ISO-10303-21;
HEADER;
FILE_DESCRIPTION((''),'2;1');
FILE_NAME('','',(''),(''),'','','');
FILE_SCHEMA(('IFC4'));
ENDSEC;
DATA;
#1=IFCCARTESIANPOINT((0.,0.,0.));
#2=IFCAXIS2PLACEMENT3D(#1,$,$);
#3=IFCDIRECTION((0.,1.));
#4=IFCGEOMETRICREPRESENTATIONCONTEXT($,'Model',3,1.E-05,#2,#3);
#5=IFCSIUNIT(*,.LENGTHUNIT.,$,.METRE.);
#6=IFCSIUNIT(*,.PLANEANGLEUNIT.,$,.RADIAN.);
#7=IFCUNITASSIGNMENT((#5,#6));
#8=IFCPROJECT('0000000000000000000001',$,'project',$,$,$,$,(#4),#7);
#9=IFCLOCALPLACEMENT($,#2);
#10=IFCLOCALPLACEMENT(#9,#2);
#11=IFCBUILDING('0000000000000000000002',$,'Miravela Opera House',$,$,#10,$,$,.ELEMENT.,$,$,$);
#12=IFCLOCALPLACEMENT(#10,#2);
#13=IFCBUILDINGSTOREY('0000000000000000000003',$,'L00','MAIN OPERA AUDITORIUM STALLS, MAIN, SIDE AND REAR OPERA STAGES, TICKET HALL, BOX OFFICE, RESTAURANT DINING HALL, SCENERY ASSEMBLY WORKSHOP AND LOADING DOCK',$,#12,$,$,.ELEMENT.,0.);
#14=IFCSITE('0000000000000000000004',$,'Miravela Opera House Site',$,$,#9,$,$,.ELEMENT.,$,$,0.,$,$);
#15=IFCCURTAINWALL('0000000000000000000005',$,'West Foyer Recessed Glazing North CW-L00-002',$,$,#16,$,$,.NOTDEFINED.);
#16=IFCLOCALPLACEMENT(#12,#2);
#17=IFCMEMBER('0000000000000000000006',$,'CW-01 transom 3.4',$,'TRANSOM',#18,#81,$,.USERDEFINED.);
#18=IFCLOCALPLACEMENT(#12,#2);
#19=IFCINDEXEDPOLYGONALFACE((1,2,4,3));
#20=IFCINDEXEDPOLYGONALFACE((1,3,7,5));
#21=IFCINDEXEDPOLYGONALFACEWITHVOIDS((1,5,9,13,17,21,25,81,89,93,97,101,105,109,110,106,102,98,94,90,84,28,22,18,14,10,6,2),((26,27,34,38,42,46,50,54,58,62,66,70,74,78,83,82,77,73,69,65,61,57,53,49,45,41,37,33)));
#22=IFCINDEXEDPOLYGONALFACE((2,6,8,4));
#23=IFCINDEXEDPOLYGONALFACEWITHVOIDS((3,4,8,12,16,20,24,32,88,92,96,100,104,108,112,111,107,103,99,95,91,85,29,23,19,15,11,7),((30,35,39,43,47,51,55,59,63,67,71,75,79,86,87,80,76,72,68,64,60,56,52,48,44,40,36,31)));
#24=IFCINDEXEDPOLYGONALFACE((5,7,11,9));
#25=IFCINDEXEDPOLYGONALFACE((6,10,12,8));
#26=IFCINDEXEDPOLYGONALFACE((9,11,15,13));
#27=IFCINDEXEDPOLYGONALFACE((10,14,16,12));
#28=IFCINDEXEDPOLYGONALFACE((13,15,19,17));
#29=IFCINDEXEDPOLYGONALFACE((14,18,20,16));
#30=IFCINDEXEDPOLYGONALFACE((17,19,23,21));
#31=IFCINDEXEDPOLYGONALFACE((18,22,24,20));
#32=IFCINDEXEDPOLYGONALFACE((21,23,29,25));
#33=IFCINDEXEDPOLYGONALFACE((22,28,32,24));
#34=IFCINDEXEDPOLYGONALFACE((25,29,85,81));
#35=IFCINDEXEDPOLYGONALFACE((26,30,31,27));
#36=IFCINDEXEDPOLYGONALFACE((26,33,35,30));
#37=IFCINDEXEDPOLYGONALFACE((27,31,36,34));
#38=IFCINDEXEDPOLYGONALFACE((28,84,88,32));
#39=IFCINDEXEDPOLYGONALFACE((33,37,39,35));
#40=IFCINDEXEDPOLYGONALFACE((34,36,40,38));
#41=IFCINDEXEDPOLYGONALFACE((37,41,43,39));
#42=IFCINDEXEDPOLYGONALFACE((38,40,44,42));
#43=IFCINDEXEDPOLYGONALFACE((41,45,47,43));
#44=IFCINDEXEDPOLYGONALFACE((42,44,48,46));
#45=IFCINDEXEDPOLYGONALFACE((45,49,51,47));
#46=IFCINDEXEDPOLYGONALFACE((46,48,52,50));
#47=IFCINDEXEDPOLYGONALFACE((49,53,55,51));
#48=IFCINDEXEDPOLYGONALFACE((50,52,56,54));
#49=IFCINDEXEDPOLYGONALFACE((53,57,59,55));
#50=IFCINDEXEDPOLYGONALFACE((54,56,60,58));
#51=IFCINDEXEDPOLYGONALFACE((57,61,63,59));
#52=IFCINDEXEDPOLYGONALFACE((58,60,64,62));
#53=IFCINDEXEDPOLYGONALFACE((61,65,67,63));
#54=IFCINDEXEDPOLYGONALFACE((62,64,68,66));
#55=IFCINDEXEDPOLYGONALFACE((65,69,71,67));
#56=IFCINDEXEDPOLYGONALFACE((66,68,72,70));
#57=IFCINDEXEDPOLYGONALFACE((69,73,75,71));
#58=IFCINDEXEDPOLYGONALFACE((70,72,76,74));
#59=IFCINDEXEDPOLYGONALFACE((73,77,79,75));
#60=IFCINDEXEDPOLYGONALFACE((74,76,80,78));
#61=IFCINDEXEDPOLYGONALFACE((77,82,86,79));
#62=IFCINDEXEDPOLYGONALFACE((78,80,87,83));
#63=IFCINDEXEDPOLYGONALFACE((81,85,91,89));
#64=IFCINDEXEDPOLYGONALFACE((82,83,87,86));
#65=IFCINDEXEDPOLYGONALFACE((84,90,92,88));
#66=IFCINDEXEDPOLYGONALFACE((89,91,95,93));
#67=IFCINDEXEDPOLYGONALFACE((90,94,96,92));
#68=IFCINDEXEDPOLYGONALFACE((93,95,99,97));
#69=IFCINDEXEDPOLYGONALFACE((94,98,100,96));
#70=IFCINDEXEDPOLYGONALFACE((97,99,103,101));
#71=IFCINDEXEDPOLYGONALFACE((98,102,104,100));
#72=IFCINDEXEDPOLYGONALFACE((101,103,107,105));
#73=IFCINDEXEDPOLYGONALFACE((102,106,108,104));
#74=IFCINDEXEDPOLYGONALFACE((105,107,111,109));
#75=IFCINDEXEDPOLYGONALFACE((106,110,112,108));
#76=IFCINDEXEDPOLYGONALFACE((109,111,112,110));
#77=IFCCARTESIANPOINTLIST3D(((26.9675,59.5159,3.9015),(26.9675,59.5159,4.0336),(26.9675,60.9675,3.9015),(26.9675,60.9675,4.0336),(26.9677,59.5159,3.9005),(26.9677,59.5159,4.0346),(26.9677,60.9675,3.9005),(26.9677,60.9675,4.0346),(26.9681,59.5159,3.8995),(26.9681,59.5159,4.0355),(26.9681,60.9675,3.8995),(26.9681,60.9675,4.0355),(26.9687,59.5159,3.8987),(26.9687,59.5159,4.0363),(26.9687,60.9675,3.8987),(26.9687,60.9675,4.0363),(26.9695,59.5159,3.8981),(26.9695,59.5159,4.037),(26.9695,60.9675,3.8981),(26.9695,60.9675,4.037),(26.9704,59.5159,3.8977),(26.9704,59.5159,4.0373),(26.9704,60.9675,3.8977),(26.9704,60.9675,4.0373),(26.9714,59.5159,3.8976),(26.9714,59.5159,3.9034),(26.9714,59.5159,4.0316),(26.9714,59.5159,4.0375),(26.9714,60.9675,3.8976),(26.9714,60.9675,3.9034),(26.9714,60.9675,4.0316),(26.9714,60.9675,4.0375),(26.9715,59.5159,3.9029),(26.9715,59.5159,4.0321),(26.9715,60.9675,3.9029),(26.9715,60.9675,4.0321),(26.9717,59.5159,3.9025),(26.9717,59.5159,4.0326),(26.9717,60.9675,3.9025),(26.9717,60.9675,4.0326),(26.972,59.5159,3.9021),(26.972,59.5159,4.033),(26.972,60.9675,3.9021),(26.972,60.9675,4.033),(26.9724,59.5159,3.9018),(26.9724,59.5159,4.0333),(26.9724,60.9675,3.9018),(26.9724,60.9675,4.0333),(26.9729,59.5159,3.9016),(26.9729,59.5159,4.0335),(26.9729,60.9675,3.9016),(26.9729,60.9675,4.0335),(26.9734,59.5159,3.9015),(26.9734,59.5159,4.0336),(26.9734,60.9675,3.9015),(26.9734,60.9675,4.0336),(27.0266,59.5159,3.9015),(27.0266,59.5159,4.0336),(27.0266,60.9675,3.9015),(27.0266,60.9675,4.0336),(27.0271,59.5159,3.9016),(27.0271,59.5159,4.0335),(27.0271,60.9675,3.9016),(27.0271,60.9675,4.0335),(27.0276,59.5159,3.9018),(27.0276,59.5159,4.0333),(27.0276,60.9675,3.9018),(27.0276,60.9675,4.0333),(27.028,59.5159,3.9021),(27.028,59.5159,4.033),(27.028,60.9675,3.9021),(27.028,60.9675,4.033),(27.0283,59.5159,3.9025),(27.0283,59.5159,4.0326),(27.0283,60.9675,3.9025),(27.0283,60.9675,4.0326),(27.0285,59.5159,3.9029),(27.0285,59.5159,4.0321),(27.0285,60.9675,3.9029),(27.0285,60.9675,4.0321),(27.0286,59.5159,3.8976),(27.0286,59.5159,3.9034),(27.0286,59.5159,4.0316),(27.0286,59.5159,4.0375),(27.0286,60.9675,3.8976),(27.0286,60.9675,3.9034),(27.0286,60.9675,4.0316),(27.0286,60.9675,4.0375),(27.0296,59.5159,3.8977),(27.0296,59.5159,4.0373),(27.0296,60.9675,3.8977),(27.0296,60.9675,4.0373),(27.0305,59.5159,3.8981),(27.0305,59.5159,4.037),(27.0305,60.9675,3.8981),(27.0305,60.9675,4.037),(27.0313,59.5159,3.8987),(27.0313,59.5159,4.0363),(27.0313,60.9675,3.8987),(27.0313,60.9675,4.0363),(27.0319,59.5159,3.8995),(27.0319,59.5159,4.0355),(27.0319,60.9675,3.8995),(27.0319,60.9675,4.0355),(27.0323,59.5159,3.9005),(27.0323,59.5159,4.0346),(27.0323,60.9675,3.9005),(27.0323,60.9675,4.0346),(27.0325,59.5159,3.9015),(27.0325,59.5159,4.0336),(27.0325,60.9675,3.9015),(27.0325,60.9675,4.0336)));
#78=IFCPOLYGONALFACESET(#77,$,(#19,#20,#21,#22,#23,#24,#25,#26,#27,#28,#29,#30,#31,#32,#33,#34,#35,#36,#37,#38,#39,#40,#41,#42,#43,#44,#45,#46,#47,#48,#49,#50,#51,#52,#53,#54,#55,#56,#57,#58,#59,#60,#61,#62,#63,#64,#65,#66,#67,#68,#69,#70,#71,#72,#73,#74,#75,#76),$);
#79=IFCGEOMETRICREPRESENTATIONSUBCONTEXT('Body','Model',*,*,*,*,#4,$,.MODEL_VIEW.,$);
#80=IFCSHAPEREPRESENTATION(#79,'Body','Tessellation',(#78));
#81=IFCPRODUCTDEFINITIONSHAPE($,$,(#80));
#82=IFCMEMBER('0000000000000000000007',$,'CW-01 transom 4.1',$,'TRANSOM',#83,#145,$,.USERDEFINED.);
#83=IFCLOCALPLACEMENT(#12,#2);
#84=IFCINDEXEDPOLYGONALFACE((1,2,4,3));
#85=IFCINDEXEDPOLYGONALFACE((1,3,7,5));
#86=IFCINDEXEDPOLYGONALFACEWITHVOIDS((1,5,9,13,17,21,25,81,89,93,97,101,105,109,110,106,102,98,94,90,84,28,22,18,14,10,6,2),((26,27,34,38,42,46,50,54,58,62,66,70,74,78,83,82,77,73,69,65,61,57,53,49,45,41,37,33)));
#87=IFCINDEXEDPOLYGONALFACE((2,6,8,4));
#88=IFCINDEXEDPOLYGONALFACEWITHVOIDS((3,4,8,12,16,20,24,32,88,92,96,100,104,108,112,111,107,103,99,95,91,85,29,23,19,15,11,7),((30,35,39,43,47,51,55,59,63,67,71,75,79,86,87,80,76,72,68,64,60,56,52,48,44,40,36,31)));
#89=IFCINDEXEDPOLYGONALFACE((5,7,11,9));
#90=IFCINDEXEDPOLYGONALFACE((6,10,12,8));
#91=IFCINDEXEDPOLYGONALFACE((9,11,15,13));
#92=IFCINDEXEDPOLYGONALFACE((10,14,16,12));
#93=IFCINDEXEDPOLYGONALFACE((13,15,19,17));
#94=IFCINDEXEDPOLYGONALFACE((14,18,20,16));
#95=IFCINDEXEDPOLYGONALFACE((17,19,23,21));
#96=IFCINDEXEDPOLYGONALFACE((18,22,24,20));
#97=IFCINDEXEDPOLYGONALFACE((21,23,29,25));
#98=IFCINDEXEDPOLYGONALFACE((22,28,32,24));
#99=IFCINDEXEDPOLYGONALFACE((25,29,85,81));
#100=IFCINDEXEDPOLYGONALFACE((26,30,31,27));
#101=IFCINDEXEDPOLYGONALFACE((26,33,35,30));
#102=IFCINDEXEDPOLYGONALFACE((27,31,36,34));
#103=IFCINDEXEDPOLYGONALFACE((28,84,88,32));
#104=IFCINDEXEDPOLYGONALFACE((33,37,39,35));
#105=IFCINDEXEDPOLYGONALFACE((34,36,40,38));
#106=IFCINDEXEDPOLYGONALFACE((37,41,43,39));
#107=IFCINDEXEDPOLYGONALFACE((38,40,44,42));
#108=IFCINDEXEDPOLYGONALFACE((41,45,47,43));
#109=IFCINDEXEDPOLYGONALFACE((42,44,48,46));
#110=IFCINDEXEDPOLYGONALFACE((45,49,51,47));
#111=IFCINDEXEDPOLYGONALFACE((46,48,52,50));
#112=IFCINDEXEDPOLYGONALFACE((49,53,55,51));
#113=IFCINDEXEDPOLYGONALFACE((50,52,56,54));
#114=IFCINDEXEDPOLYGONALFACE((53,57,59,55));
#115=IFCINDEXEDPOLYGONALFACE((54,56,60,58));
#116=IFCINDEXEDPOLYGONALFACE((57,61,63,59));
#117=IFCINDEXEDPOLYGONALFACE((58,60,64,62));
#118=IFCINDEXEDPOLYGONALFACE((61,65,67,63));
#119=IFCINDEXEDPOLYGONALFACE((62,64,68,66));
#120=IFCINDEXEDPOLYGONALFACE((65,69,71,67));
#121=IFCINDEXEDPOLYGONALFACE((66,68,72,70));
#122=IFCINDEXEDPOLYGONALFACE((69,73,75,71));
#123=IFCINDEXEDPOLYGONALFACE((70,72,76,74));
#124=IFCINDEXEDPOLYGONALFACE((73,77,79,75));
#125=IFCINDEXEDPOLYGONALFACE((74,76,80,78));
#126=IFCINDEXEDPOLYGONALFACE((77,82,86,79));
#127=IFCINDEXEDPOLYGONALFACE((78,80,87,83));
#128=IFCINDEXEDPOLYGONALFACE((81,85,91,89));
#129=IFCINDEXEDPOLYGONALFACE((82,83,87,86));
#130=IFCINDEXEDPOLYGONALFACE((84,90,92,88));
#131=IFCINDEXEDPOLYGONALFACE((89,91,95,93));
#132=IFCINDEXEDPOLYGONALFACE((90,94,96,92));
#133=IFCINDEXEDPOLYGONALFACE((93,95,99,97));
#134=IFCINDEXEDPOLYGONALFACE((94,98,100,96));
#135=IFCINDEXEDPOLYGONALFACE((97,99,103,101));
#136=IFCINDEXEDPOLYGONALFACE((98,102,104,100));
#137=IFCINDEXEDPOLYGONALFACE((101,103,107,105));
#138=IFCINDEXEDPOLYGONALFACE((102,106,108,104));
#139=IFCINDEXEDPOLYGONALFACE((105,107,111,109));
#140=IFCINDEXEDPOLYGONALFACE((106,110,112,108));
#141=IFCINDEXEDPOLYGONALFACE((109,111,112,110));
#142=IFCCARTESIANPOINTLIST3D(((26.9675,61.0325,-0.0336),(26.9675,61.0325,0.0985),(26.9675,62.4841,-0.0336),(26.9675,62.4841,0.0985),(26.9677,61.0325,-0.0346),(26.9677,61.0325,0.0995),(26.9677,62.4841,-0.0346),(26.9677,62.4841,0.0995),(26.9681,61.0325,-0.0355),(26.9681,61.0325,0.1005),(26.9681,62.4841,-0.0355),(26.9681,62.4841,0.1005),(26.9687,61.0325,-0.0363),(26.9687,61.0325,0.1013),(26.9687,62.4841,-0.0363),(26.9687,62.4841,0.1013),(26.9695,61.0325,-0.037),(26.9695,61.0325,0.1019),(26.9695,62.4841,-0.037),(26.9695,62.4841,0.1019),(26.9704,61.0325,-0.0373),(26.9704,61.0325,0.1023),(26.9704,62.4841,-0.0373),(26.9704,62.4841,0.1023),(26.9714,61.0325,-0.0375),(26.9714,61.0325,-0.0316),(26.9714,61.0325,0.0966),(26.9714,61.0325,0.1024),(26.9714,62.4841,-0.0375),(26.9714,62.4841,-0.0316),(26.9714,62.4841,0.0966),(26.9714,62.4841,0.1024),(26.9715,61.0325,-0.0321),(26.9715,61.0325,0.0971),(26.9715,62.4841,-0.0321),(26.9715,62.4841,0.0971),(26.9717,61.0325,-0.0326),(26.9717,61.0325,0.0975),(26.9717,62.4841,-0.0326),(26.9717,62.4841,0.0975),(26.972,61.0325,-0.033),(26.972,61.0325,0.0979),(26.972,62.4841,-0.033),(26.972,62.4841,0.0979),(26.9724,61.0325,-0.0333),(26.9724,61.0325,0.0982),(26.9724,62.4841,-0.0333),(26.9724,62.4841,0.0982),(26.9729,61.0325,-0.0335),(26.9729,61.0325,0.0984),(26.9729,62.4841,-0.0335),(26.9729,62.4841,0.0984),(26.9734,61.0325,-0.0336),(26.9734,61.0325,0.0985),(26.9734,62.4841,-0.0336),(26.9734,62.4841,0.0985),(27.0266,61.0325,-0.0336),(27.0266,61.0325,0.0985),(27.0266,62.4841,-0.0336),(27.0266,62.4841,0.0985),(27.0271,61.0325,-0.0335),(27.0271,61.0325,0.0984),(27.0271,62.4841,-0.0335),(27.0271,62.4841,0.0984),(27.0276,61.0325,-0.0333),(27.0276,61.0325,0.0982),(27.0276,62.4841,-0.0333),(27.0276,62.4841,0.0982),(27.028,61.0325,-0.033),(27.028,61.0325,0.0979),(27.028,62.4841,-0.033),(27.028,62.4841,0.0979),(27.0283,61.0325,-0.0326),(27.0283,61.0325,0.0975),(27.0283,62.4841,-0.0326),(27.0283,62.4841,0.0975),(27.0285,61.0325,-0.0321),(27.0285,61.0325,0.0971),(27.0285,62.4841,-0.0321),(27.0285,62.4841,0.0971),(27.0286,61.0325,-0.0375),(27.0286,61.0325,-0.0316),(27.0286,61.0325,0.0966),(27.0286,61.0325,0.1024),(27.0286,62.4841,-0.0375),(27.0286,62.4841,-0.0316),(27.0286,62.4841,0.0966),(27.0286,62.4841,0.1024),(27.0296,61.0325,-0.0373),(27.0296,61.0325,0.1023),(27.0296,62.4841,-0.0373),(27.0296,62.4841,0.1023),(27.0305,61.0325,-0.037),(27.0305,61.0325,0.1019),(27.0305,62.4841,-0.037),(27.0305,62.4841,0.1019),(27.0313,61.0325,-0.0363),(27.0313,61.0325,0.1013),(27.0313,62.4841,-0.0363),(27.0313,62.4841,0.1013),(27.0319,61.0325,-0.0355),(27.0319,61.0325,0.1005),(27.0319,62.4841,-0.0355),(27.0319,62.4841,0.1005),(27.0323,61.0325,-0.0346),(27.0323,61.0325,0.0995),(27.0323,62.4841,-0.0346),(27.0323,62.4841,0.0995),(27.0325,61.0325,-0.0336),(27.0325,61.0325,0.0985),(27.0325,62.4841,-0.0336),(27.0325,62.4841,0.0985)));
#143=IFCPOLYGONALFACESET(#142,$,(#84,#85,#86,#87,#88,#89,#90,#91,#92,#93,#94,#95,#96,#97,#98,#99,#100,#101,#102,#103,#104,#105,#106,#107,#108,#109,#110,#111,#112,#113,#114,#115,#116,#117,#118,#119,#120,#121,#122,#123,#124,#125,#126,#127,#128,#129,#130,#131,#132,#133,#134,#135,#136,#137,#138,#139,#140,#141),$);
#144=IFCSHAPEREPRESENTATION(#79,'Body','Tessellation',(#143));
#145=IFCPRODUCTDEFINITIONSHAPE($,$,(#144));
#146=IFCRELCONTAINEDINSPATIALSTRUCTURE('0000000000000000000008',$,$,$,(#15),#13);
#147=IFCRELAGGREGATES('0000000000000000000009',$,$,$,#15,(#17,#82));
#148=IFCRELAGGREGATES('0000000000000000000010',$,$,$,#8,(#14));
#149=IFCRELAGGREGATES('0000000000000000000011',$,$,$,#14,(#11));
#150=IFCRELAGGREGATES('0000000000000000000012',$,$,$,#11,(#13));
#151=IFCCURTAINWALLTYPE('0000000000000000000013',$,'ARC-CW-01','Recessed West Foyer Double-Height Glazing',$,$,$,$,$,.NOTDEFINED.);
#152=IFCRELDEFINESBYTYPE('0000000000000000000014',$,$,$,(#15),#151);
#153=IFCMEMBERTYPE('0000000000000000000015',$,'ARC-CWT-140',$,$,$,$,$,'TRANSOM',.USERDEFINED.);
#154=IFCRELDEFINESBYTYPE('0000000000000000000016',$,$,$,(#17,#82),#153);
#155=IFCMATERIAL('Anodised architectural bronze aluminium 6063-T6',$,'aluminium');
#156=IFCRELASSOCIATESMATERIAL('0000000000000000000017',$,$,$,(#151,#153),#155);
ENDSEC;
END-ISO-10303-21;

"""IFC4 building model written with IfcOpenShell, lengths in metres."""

from ifc_helpers import new_model, si_unit, direction, frame, origin, origin_2d, place, context, subcontext, project, spatial, hollow_rectangle, extrude, material, material_profile, profile_set, type_object, element, aggregate, save


model = new_model("IFC4")

# Units and contexts
model_context = context("Model", 3, precision=1e-05, world=origin(), true_north=direction((0.0, 1.0)))
body_context = subcontext(model_context, "Body", "Model", "MODEL_VIEW")
ifc_project = project(units=[si_unit("LENGTHUNIT", "METRE"), si_unit("PLANEANGLEUNIT", "RADIAN")], contexts=[model_context])

# Site, building, storey
site_placement = place(None, origin())
site = spatial("IfcSite", under=ifc_project, at=site_placement, Name="Miravela Opera House Site", CompositionType="ELEMENT", RefElevation=0.0)
building_placement = place(site_placement, origin())
building = spatial("IfcBuilding", under=site, at=building_placement, Name="Miravela Opera House", CompositionType="ELEMENT")
storey_placement = place(building_placement, origin())
storey = spatial("IfcBuildingStorey", under=building, at=storey_placement, Name="L00", Description="MAIN OPERA AUDITORIUM STALLS, MAIN, SIDE AND REAR OPERA STAGES, TICKET HALL, BOX OFFICE, RESTAURANT DINING HALL, SCENERY ASSEMBLY WORKSHOP AND LOADING DOCK", CompositionType="ELEMENT", Elevation=0.0)

# Curtain wall, members
ifc_material_1 = material(Name="Anodised architectural bronze aluminium 6063-T6", Category="aluminium")
curtain_wall_type = type_object("IfcCurtainWallType", Name="ARC-CW-01", Description="Recessed West Foyer Double-Height Glazing", PredefinedType="NOTDEFINED", material=ifc_material_1)
curtain_wall_placement = place(storey_placement, origin())
curtain_wall = element("IfcCurtainWall", 1, at=curtain_wall_placement, inside=storey, type_object=curtain_wall_type, Name="West Foyer Recessed Glazing North CW-L00-002", PredefinedType="NOTDEFINED")
ifc_material_profile_1 = material_profile(ifc_material_1, hollow_rectangle(XDim=0.0649, YDim=0.1399, WallThickness=0.0039, InnerFilletRadius=0.002, OuterFilletRadius=0.0039, at=origin_2d()), Name="CWT-65X140")
ifc_profile_set_1 = profile_set([ifc_material_profile_1])
member_type_1 = type_object("IfcMemberType", Name="ARC-CWT-140", ElementType="TRANSOM", PredefinedType="USERDEFINED", material=ifc_profile_set_1)
member_1_placement = place(storey_placement, frame((27.0, 59.5159, 3.9675), z_axis=(0.0, 1.0, 0.0), x_axis=(-1.0, 0.0, 0.0)))
member_1 = element("IfcMember", 2, at=member_1_placement, type_object=member_type_1, Name="CW-01 transom 3.4", ObjectType="TRANSOM", PredefinedType="USERDEFINED", context=body_context, shape_type="SweptSolid", body=[
    extrude(hollow_rectangle(XDim=0.0649, YDim=0.1399, WallThickness=0.0039, InnerFilletRadius=0.002, OuterFilletRadius=0.0039, at=origin_2d()), origin(), (0.0, 0.0, 1.0), 1.4517),
])
member_2_placement = place(storey_placement, frame((27.0, 61.0325, 0.0325), z_axis=(0.0, 1.0, 0.0), x_axis=(-1.0, 0.0, 0.0)))
member_2 = element("IfcMember", 3, at=member_2_placement, type_object=member_type_1, Name="CW-01 transom 4.1", ObjectType="TRANSOM", PredefinedType="USERDEFINED", context=body_context, shape_type="SweptSolid", body=[
    extrude(hollow_rectangle(XDim=0.0649, YDim=0.1399, WallThickness=0.0039, InnerFilletRadius=0.002, OuterFilletRadius=0.0039, at=origin_2d()), origin(), (0.0, 0.0, 1.0), 1.4517),
])

aggregate(curtain_wall, [member_1, member_2])

save(model, "model.ifc")
